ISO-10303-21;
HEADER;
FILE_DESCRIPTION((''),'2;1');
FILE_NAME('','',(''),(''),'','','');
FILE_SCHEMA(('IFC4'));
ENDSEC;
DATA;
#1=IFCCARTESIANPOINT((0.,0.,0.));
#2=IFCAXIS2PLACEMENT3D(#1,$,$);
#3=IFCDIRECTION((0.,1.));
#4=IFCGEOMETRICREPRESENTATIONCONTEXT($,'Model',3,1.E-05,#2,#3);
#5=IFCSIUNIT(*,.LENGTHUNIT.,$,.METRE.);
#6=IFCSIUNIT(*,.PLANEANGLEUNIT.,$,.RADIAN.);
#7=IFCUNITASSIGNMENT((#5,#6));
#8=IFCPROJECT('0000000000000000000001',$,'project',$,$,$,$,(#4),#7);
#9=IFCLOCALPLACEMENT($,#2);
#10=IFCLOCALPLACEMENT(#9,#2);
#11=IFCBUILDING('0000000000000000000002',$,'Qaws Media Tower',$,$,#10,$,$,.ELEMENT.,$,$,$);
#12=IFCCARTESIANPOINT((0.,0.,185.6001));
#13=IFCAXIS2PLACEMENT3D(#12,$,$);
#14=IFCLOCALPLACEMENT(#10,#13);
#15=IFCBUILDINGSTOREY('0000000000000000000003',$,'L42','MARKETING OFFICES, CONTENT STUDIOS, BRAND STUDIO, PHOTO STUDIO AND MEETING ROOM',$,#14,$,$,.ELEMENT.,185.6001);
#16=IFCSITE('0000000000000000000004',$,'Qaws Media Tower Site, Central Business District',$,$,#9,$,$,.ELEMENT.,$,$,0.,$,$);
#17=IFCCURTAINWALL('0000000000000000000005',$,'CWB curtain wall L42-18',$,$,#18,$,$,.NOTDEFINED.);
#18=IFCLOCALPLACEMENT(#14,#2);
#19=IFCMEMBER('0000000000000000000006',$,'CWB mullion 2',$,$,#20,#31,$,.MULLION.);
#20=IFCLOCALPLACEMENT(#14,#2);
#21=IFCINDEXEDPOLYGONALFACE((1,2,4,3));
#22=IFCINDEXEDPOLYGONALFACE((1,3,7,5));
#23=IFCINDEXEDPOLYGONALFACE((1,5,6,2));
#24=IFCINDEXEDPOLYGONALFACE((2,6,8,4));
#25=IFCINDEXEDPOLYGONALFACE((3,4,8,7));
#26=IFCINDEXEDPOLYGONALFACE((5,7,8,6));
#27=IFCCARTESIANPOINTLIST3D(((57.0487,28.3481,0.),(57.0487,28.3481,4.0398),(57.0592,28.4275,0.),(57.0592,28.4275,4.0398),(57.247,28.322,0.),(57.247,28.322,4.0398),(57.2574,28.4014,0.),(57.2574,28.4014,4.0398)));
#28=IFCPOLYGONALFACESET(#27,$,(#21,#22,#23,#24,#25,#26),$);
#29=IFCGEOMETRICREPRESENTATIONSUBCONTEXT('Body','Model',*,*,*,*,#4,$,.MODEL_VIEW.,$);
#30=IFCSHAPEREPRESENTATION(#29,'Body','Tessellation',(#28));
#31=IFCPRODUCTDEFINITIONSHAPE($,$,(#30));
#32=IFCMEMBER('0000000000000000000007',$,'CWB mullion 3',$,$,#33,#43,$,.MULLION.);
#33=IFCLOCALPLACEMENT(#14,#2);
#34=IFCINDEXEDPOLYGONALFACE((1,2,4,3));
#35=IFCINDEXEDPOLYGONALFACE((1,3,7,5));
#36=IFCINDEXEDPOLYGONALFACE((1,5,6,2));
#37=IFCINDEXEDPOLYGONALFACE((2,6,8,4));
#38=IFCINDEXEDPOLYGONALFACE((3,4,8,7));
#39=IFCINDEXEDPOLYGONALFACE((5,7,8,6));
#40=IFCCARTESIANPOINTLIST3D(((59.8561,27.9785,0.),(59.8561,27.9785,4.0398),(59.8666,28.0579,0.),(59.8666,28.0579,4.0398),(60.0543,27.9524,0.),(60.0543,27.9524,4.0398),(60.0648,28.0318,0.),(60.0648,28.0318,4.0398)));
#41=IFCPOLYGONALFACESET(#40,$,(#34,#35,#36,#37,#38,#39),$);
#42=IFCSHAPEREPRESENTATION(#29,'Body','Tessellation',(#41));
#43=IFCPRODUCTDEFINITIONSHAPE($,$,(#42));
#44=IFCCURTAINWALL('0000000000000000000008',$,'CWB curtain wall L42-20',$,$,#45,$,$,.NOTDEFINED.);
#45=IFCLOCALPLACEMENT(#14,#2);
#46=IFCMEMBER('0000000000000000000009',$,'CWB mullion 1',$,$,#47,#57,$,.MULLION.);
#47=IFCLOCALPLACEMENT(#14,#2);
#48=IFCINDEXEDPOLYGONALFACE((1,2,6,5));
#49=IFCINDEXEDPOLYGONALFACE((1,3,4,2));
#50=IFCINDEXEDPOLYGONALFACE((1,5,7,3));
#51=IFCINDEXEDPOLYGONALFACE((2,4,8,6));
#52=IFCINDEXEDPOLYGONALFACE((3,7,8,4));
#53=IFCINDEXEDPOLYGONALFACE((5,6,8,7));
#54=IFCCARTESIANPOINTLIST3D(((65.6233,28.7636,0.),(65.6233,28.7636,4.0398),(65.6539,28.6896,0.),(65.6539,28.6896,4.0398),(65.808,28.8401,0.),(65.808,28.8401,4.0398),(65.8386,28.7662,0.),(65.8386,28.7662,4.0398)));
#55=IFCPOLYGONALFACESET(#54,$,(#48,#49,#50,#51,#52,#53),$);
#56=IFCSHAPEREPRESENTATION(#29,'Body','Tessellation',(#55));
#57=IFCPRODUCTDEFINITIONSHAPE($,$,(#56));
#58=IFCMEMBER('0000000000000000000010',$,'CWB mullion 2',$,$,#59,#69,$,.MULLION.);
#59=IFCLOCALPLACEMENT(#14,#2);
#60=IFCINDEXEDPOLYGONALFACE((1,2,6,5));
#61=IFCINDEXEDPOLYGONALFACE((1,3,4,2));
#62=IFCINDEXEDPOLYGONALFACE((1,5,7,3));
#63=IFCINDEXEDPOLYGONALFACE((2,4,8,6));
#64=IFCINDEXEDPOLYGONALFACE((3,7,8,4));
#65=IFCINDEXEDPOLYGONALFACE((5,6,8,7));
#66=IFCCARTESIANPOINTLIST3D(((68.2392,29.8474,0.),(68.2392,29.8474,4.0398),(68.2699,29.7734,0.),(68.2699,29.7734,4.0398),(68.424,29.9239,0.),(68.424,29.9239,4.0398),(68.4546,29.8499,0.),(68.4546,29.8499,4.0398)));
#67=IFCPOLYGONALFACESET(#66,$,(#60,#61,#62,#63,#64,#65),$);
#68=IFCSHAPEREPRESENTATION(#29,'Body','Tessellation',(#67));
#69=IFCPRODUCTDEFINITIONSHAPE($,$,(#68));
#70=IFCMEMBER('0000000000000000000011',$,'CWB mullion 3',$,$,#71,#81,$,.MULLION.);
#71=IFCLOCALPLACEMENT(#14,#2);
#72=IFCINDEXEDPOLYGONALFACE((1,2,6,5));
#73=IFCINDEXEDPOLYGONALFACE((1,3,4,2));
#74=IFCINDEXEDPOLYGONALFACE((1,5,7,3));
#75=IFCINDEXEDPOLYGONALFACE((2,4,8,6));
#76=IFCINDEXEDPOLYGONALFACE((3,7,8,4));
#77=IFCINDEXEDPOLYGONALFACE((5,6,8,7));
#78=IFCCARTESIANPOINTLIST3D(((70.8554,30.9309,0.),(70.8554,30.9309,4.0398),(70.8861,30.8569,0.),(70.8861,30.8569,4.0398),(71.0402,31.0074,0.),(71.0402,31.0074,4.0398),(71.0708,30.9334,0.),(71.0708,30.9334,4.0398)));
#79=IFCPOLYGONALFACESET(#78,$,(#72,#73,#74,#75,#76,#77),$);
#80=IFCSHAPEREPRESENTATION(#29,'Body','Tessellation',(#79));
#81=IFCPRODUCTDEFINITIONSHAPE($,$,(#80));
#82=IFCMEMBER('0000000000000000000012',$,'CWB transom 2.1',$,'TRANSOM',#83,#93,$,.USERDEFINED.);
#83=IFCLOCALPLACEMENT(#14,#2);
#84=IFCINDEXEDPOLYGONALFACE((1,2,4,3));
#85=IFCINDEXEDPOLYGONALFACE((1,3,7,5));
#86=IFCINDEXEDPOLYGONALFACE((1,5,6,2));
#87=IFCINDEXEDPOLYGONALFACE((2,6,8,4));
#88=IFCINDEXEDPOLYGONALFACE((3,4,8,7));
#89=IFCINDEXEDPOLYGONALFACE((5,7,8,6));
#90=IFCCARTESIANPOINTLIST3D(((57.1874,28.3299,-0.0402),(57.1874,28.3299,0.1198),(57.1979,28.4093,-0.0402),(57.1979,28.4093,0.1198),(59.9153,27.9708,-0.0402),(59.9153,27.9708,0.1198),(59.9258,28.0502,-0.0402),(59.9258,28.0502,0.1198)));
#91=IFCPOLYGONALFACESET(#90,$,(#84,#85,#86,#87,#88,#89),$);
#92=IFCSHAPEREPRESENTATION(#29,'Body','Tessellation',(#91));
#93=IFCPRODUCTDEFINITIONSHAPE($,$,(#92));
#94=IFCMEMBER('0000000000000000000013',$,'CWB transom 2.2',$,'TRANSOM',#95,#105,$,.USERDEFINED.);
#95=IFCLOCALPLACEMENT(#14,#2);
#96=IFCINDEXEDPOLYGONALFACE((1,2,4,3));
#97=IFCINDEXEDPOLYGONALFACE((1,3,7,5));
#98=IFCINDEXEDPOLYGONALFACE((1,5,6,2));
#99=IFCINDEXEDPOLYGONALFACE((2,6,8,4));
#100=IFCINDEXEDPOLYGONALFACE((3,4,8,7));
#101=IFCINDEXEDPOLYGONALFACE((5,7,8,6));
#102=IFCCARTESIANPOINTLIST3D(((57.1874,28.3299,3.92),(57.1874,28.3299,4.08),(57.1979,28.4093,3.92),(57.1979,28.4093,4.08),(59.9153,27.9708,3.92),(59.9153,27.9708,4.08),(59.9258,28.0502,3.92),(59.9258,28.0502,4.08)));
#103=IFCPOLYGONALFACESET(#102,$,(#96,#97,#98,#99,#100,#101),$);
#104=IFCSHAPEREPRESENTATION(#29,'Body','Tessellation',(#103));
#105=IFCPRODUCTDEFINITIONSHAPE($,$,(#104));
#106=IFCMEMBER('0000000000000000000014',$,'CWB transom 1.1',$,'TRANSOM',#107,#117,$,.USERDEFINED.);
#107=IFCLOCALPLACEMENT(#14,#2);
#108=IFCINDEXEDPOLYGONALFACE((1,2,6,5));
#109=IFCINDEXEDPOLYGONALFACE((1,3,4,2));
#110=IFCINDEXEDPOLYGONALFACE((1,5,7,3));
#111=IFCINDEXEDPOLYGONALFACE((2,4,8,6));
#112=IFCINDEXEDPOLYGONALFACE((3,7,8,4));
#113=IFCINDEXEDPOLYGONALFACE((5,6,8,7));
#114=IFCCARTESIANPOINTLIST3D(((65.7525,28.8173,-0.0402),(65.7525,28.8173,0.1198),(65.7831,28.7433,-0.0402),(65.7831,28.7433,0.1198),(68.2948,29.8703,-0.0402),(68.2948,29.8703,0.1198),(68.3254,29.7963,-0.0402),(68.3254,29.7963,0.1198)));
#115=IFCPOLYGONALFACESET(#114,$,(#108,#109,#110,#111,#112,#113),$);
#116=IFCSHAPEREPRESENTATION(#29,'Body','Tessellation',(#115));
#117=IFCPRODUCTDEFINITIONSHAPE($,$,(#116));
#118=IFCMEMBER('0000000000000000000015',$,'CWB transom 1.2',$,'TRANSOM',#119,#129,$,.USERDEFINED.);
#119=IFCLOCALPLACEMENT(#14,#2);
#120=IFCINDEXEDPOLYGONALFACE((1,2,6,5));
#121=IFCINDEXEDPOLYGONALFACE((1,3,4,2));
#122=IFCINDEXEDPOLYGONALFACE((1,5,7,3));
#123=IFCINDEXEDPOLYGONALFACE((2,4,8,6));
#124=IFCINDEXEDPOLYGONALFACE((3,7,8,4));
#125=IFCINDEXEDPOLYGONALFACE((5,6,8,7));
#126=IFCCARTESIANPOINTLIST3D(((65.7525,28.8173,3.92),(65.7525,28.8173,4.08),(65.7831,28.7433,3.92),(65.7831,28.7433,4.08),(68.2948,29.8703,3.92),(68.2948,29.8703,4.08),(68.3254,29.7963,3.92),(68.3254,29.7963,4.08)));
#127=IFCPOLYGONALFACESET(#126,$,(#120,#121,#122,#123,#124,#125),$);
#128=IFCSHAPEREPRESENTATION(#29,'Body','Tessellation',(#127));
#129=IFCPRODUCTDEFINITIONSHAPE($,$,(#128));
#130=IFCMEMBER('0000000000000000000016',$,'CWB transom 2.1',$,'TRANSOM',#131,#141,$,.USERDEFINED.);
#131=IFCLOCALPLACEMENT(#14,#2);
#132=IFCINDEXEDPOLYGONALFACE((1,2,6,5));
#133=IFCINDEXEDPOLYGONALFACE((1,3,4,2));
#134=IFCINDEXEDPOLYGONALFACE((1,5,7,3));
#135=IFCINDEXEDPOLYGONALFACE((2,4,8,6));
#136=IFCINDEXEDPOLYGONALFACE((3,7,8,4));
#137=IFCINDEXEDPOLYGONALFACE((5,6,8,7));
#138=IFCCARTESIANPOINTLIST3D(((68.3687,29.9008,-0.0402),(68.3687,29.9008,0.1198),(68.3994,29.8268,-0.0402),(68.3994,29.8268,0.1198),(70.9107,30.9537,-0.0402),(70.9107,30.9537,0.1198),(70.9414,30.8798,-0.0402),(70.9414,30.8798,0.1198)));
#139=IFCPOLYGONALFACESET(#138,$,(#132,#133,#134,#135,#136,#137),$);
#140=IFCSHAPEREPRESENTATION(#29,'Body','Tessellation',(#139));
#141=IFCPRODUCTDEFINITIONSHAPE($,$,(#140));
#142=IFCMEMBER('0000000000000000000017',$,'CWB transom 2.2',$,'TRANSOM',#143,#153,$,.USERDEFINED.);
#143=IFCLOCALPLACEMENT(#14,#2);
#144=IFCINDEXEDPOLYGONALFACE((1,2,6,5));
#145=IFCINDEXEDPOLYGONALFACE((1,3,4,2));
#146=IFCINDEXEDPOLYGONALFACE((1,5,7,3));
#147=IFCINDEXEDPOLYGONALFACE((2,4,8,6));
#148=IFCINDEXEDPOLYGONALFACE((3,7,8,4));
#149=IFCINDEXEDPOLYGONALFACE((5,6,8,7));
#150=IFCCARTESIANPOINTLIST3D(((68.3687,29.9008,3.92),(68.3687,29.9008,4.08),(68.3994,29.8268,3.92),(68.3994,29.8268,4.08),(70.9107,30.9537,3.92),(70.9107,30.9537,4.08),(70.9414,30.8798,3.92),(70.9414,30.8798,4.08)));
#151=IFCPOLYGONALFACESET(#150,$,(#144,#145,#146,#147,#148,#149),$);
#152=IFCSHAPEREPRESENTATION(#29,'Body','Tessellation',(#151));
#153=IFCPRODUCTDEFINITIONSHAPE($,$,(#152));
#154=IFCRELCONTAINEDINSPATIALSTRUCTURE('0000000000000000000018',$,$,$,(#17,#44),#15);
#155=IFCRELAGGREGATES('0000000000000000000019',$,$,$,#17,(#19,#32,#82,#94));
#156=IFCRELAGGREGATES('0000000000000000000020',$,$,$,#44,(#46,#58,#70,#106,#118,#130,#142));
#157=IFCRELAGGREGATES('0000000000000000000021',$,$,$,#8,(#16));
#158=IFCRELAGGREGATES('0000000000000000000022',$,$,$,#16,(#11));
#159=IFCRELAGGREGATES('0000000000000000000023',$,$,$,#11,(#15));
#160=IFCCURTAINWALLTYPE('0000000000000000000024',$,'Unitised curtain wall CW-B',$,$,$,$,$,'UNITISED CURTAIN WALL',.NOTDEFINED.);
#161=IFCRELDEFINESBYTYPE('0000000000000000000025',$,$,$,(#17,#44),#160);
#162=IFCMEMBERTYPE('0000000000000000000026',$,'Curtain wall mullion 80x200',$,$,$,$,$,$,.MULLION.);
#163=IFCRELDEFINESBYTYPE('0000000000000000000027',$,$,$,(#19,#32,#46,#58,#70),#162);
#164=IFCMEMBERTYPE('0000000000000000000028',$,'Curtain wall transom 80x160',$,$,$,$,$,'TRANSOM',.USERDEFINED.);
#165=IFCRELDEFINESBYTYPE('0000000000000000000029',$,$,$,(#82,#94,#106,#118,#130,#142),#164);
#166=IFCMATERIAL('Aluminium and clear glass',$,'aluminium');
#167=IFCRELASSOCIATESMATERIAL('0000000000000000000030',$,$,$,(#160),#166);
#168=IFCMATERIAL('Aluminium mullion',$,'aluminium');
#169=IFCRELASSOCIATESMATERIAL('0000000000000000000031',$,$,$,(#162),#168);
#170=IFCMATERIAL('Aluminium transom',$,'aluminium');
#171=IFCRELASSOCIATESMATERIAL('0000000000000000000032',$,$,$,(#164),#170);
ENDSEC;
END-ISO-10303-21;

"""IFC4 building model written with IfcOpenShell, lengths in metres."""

from ifc_helpers import new_model, si_unit, direction, frame, origin, origin_2d, place, context, subcontext, project, spatial, rectangle, extrude, material, material_profile, profile_set, type_object, element, aggregate, save


model = new_model("IFC4")

# Units and contexts
model_context = context("Model", 3, precision=1e-05, world=origin(), true_north=direction((0.0, 1.0)))
body_context = subcontext(model_context, "Body", "Model", "MODEL_VIEW")
ifc_project = project(units=[si_unit("LENGTHUNIT", "METRE"), si_unit("PLANEANGLEUNIT", "RADIAN")], contexts=[model_context])

# Site, building, storey
site_placement = place(None, origin())
site = spatial("IfcSite", under=ifc_project, at=site_placement, Name="Qaws Media Tower Site, Central Business District", CompositionType="ELEMENT", RefElevation=0.0)
building_placement = place(site_placement, origin())
building = spatial("IfcBuilding", under=site, at=building_placement, Name="Qaws Media Tower", CompositionType="ELEMENT")
storey_placement = place(building_placement, frame((0.0, 0.0, 185.6001)))
storey = spatial("IfcBuildingStorey", under=building, at=storey_placement, Name="L42", Description="MARKETING OFFICES, CONTENT STUDIOS, BRAND STUDIO, PHOTO STUDIO AND MEETING ROOM", CompositionType="ELEMENT", Elevation=185.6001)

# Curtain walls, members
ifc_material_1 = material(Name="Aluminium and clear glass", Category="aluminium")
curtain_wall_type = type_object("IfcCurtainWallType", Name="Unitised curtain wall CW-B", ElementType="UNITISED CURTAIN WALL", PredefinedType="NOTDEFINED", material=ifc_material_1)
curtain_wall_1_placement = place(storey_placement, origin())
curtain_wall_1 = element("IfcCurtainWall", 1, at=curtain_wall_1_placement, inside=storey, type_object=curtain_wall_type, Name="CWB curtain wall L42-18", PredefinedType="NOTDEFINED")
ifc_material_2 = material(Name="Aluminium mullion", Category="aluminium")
ifc_material_profile_1 = material_profile(ifc_material_2, rectangle(XDim=0.0801, YDim=0.2, at=origin_2d()), Name="80x200")
ifc_profile_set_1 = profile_set([ifc_material_profile_1], Name="Aluminium mullion")
member_type_1 = type_object("IfcMemberType", Name="Curtain wall mullion 80x200", PredefinedType="MULLION", material=ifc_profile_set_1)
member_1_placement = place(storey_placement, frame((57.1531, 28.3748, 0.0), z_axis=(0.0, 0.0, 1.0), x_axis=(0.130526, 0.991445, 0.0)))
member_1 = element("IfcMember", 2, at=member_1_placement, type_object=member_type_1, Name="CWB mullion 2", PredefinedType="MULLION", context=body_context, shape_type="SweptSolid", body=[
    extrude(rectangle(XDim=0.0801, YDim=0.2, at=origin_2d()), origin(), (0.0, 0.0, 1.0), 4.0398),
])
member_2_placement = place(storey_placement, frame((59.9604, 28.0051, 0.0), z_axis=(0.0, 0.0, 1.0), x_axis=(0.130526, 0.991445, 0.0)))
member_2 = element("IfcMember", 3, at=member_2_placement, type_object=member_type_1, Name="CWB mullion 3", PredefinedType="MULLION", context=body_context, shape_type="SweptSolid", body=[
    extrude(rectangle(XDim=0.0801, YDim=0.2, at=origin_2d()), origin(), (0.0, 0.0, 1.0), 4.0398),
])
curtain_wall_2_placement = place(storey_placement, origin())
curtain_wall_2 = element("IfcCurtainWall", 4, at=curtain_wall_2_placement, inside=storey, type_object=curtain_wall_type, Name="CWB curtain wall L42-20", PredefinedType="NOTDEFINED")
member_3_placement = place(storey_placement, frame((65.731, 28.7649, 0.0), z_axis=(0.0, 0.0, 1.0), x_axis=(-0.382683, 0.92388, 0.0)))
member_3 = element("IfcMember", 5, at=member_3_placement, type_object=member_type_1, Name="CWB mullion 1", PredefinedType="MULLION", context=body_context, shape_type="SweptSolid", body=[
    extrude(rectangle(XDim=0.0801, YDim=0.2, at=origin_2d()), origin(), (0.0, 0.0, 1.0), 4.0398),
])
member_4_placement = place(storey_placement, frame((68.3469, 29.8486, 0.0), z_axis=(0.0, 0.0, 1.0), x_axis=(-0.382683, 0.92388, 0.0)))
member_4 = element("IfcMember", 6, at=member_4_placement, type_object=member_type_1, Name="CWB mullion 2", PredefinedType="MULLION", context=body_context, shape_type="SweptSolid", body=[
    extrude(rectangle(XDim=0.0801, YDim=0.2, at=origin_2d()), origin(), (0.0, 0.0, 1.0), 4.0398),
])
member_5_placement = place(storey_placement, frame((70.9631, 30.9321, 0.0), z_axis=(0.0, 0.0, 1.0), x_axis=(-0.382683, 0.92388, 0.0)))
member_5 = element("IfcMember", 7, at=member_5_placement, type_object=member_type_1, Name="CWB mullion 3", PredefinedType="MULLION", context=body_context, shape_type="SweptSolid", body=[
    extrude(rectangle(XDim=0.0801, YDim=0.2, at=origin_2d()), origin(), (0.0, 0.0, 1.0), 4.0398),
])

# Members
ifc_material_3 = material(Name="Aluminium transom", Category="aluminium")
ifc_material_profile_2 = material_profile(ifc_material_3, rectangle(XDim=0.0801, YDim=0.1599, at=origin_2d()), Name="80x160")
ifc_profile_set_2 = profile_set([ifc_material_profile_2], Name="Aluminium transom")
member_type_2 = type_object("IfcMemberType", Name="Curtain wall transom 80x160", ElementType="TRANSOM", PredefinedType="USERDEFINED", material=ifc_profile_set_2)
member_6_placement = place(storey_placement, frame((57.1926, 28.3696, 0.0398), z_axis=(0.991446, -0.130519, 0.0), x_axis=(0.130519, 0.991446, 0.0)))
member_6 = element("IfcMember", 8, at=member_6_placement, type_object=member_type_2, Name="CWB transom 2.1", ObjectType="TRANSOM", PredefinedType="USERDEFINED", context=body_context, shape_type="SweptSolid", body=[
    extrude(rectangle(XDim=0.0801, YDim=0.1599, at=origin_2d()), origin(), (0.0, 0.0, 1.0), 2.7515),
])
member_7_placement = place(storey_placement, frame((57.1926, 28.3696, 4.0), z_axis=(0.991446, -0.130519, 0.0), x_axis=(0.130519, 0.991446, 0.0)))
member_7 = element("IfcMember", 9, at=member_7_placement, type_object=member_type_2, Name="CWB transom 2.2", ObjectType="TRANSOM", PredefinedType="USERDEFINED", context=body_context, shape_type="SweptSolid", body=[
    extrude(rectangle(XDim=0.0801, YDim=0.1599, at=origin_2d()), origin(), (0.0, 0.0, 1.0), 2.7515),
])
member_8_placement = place(storey_placement, frame((65.7678, 28.7803, 0.0398), z_axis=(0.923886, 0.382668, 0.0), x_axis=(-0.382668, 0.923886, 0.0)))
member_8 = element("IfcMember", 10, at=member_8_placement, type_object=member_type_2, Name="CWB transom 1.1", ObjectType="TRANSOM", PredefinedType="USERDEFINED", context=body_context, shape_type="SweptSolid", body=[
    extrude(rectangle(XDim=0.0801, YDim=0.1599, at=origin_2d()), origin(), (0.0, 0.0, 1.0), 2.7517),
])
member_9_placement = place(storey_placement, frame((65.7678, 28.7803, 4.0), z_axis=(0.923886, 0.382668, 0.0), x_axis=(-0.382668, 0.923886, 0.0)))
member_9 = element("IfcMember", 11, at=member_9_placement, type_object=member_type_2, Name="CWB transom 1.2", ObjectType="TRANSOM", PredefinedType="USERDEFINED", context=body_context, shape_type="SweptSolid", body=[
    extrude(rectangle(XDim=0.0801, YDim=0.1599, at=origin_2d()), origin(), (0.0, 0.0, 1.0), 2.7517),
])
member_10_placement = place(storey_placement, frame((68.384, 29.8638, 0.0398), z_axis=(0.923873, 0.382699, 0.0), x_axis=(-0.382699, 0.923873, 0.0)))
member_10 = element("IfcMember", 12, at=member_10_placement, type_object=member_type_2, Name="CWB transom 2.1", ObjectType="TRANSOM", PredefinedType="USERDEFINED", context=body_context, shape_type="SweptSolid", body=[
    extrude(rectangle(XDim=0.0801, YDim=0.1599, at=origin_2d()), origin(), (0.0, 0.0, 1.0), 2.7515),
])
member_11_placement = place(storey_placement, frame((68.384, 29.8638, 4.0), z_axis=(0.923873, 0.382699, 0.0), x_axis=(-0.382699, 0.923873, 0.0)))
member_11 = element("IfcMember", 13, at=member_11_placement, type_object=member_type_2, Name="CWB transom 2.2", ObjectType="TRANSOM", PredefinedType="USERDEFINED", context=body_context, shape_type="SweptSolid", body=[
    extrude(rectangle(XDim=0.0801, YDim=0.1599, at=origin_2d()), origin(), (0.0, 0.0, 1.0), 2.7515),
])

aggregate(curtain_wall_1, [member_1, member_2, member_6, member_7])
aggregate(curtain_wall_2, [member_3, member_4, member_5, member_8, member_9, member_10, member_11])

save(model, "model.ifc")
